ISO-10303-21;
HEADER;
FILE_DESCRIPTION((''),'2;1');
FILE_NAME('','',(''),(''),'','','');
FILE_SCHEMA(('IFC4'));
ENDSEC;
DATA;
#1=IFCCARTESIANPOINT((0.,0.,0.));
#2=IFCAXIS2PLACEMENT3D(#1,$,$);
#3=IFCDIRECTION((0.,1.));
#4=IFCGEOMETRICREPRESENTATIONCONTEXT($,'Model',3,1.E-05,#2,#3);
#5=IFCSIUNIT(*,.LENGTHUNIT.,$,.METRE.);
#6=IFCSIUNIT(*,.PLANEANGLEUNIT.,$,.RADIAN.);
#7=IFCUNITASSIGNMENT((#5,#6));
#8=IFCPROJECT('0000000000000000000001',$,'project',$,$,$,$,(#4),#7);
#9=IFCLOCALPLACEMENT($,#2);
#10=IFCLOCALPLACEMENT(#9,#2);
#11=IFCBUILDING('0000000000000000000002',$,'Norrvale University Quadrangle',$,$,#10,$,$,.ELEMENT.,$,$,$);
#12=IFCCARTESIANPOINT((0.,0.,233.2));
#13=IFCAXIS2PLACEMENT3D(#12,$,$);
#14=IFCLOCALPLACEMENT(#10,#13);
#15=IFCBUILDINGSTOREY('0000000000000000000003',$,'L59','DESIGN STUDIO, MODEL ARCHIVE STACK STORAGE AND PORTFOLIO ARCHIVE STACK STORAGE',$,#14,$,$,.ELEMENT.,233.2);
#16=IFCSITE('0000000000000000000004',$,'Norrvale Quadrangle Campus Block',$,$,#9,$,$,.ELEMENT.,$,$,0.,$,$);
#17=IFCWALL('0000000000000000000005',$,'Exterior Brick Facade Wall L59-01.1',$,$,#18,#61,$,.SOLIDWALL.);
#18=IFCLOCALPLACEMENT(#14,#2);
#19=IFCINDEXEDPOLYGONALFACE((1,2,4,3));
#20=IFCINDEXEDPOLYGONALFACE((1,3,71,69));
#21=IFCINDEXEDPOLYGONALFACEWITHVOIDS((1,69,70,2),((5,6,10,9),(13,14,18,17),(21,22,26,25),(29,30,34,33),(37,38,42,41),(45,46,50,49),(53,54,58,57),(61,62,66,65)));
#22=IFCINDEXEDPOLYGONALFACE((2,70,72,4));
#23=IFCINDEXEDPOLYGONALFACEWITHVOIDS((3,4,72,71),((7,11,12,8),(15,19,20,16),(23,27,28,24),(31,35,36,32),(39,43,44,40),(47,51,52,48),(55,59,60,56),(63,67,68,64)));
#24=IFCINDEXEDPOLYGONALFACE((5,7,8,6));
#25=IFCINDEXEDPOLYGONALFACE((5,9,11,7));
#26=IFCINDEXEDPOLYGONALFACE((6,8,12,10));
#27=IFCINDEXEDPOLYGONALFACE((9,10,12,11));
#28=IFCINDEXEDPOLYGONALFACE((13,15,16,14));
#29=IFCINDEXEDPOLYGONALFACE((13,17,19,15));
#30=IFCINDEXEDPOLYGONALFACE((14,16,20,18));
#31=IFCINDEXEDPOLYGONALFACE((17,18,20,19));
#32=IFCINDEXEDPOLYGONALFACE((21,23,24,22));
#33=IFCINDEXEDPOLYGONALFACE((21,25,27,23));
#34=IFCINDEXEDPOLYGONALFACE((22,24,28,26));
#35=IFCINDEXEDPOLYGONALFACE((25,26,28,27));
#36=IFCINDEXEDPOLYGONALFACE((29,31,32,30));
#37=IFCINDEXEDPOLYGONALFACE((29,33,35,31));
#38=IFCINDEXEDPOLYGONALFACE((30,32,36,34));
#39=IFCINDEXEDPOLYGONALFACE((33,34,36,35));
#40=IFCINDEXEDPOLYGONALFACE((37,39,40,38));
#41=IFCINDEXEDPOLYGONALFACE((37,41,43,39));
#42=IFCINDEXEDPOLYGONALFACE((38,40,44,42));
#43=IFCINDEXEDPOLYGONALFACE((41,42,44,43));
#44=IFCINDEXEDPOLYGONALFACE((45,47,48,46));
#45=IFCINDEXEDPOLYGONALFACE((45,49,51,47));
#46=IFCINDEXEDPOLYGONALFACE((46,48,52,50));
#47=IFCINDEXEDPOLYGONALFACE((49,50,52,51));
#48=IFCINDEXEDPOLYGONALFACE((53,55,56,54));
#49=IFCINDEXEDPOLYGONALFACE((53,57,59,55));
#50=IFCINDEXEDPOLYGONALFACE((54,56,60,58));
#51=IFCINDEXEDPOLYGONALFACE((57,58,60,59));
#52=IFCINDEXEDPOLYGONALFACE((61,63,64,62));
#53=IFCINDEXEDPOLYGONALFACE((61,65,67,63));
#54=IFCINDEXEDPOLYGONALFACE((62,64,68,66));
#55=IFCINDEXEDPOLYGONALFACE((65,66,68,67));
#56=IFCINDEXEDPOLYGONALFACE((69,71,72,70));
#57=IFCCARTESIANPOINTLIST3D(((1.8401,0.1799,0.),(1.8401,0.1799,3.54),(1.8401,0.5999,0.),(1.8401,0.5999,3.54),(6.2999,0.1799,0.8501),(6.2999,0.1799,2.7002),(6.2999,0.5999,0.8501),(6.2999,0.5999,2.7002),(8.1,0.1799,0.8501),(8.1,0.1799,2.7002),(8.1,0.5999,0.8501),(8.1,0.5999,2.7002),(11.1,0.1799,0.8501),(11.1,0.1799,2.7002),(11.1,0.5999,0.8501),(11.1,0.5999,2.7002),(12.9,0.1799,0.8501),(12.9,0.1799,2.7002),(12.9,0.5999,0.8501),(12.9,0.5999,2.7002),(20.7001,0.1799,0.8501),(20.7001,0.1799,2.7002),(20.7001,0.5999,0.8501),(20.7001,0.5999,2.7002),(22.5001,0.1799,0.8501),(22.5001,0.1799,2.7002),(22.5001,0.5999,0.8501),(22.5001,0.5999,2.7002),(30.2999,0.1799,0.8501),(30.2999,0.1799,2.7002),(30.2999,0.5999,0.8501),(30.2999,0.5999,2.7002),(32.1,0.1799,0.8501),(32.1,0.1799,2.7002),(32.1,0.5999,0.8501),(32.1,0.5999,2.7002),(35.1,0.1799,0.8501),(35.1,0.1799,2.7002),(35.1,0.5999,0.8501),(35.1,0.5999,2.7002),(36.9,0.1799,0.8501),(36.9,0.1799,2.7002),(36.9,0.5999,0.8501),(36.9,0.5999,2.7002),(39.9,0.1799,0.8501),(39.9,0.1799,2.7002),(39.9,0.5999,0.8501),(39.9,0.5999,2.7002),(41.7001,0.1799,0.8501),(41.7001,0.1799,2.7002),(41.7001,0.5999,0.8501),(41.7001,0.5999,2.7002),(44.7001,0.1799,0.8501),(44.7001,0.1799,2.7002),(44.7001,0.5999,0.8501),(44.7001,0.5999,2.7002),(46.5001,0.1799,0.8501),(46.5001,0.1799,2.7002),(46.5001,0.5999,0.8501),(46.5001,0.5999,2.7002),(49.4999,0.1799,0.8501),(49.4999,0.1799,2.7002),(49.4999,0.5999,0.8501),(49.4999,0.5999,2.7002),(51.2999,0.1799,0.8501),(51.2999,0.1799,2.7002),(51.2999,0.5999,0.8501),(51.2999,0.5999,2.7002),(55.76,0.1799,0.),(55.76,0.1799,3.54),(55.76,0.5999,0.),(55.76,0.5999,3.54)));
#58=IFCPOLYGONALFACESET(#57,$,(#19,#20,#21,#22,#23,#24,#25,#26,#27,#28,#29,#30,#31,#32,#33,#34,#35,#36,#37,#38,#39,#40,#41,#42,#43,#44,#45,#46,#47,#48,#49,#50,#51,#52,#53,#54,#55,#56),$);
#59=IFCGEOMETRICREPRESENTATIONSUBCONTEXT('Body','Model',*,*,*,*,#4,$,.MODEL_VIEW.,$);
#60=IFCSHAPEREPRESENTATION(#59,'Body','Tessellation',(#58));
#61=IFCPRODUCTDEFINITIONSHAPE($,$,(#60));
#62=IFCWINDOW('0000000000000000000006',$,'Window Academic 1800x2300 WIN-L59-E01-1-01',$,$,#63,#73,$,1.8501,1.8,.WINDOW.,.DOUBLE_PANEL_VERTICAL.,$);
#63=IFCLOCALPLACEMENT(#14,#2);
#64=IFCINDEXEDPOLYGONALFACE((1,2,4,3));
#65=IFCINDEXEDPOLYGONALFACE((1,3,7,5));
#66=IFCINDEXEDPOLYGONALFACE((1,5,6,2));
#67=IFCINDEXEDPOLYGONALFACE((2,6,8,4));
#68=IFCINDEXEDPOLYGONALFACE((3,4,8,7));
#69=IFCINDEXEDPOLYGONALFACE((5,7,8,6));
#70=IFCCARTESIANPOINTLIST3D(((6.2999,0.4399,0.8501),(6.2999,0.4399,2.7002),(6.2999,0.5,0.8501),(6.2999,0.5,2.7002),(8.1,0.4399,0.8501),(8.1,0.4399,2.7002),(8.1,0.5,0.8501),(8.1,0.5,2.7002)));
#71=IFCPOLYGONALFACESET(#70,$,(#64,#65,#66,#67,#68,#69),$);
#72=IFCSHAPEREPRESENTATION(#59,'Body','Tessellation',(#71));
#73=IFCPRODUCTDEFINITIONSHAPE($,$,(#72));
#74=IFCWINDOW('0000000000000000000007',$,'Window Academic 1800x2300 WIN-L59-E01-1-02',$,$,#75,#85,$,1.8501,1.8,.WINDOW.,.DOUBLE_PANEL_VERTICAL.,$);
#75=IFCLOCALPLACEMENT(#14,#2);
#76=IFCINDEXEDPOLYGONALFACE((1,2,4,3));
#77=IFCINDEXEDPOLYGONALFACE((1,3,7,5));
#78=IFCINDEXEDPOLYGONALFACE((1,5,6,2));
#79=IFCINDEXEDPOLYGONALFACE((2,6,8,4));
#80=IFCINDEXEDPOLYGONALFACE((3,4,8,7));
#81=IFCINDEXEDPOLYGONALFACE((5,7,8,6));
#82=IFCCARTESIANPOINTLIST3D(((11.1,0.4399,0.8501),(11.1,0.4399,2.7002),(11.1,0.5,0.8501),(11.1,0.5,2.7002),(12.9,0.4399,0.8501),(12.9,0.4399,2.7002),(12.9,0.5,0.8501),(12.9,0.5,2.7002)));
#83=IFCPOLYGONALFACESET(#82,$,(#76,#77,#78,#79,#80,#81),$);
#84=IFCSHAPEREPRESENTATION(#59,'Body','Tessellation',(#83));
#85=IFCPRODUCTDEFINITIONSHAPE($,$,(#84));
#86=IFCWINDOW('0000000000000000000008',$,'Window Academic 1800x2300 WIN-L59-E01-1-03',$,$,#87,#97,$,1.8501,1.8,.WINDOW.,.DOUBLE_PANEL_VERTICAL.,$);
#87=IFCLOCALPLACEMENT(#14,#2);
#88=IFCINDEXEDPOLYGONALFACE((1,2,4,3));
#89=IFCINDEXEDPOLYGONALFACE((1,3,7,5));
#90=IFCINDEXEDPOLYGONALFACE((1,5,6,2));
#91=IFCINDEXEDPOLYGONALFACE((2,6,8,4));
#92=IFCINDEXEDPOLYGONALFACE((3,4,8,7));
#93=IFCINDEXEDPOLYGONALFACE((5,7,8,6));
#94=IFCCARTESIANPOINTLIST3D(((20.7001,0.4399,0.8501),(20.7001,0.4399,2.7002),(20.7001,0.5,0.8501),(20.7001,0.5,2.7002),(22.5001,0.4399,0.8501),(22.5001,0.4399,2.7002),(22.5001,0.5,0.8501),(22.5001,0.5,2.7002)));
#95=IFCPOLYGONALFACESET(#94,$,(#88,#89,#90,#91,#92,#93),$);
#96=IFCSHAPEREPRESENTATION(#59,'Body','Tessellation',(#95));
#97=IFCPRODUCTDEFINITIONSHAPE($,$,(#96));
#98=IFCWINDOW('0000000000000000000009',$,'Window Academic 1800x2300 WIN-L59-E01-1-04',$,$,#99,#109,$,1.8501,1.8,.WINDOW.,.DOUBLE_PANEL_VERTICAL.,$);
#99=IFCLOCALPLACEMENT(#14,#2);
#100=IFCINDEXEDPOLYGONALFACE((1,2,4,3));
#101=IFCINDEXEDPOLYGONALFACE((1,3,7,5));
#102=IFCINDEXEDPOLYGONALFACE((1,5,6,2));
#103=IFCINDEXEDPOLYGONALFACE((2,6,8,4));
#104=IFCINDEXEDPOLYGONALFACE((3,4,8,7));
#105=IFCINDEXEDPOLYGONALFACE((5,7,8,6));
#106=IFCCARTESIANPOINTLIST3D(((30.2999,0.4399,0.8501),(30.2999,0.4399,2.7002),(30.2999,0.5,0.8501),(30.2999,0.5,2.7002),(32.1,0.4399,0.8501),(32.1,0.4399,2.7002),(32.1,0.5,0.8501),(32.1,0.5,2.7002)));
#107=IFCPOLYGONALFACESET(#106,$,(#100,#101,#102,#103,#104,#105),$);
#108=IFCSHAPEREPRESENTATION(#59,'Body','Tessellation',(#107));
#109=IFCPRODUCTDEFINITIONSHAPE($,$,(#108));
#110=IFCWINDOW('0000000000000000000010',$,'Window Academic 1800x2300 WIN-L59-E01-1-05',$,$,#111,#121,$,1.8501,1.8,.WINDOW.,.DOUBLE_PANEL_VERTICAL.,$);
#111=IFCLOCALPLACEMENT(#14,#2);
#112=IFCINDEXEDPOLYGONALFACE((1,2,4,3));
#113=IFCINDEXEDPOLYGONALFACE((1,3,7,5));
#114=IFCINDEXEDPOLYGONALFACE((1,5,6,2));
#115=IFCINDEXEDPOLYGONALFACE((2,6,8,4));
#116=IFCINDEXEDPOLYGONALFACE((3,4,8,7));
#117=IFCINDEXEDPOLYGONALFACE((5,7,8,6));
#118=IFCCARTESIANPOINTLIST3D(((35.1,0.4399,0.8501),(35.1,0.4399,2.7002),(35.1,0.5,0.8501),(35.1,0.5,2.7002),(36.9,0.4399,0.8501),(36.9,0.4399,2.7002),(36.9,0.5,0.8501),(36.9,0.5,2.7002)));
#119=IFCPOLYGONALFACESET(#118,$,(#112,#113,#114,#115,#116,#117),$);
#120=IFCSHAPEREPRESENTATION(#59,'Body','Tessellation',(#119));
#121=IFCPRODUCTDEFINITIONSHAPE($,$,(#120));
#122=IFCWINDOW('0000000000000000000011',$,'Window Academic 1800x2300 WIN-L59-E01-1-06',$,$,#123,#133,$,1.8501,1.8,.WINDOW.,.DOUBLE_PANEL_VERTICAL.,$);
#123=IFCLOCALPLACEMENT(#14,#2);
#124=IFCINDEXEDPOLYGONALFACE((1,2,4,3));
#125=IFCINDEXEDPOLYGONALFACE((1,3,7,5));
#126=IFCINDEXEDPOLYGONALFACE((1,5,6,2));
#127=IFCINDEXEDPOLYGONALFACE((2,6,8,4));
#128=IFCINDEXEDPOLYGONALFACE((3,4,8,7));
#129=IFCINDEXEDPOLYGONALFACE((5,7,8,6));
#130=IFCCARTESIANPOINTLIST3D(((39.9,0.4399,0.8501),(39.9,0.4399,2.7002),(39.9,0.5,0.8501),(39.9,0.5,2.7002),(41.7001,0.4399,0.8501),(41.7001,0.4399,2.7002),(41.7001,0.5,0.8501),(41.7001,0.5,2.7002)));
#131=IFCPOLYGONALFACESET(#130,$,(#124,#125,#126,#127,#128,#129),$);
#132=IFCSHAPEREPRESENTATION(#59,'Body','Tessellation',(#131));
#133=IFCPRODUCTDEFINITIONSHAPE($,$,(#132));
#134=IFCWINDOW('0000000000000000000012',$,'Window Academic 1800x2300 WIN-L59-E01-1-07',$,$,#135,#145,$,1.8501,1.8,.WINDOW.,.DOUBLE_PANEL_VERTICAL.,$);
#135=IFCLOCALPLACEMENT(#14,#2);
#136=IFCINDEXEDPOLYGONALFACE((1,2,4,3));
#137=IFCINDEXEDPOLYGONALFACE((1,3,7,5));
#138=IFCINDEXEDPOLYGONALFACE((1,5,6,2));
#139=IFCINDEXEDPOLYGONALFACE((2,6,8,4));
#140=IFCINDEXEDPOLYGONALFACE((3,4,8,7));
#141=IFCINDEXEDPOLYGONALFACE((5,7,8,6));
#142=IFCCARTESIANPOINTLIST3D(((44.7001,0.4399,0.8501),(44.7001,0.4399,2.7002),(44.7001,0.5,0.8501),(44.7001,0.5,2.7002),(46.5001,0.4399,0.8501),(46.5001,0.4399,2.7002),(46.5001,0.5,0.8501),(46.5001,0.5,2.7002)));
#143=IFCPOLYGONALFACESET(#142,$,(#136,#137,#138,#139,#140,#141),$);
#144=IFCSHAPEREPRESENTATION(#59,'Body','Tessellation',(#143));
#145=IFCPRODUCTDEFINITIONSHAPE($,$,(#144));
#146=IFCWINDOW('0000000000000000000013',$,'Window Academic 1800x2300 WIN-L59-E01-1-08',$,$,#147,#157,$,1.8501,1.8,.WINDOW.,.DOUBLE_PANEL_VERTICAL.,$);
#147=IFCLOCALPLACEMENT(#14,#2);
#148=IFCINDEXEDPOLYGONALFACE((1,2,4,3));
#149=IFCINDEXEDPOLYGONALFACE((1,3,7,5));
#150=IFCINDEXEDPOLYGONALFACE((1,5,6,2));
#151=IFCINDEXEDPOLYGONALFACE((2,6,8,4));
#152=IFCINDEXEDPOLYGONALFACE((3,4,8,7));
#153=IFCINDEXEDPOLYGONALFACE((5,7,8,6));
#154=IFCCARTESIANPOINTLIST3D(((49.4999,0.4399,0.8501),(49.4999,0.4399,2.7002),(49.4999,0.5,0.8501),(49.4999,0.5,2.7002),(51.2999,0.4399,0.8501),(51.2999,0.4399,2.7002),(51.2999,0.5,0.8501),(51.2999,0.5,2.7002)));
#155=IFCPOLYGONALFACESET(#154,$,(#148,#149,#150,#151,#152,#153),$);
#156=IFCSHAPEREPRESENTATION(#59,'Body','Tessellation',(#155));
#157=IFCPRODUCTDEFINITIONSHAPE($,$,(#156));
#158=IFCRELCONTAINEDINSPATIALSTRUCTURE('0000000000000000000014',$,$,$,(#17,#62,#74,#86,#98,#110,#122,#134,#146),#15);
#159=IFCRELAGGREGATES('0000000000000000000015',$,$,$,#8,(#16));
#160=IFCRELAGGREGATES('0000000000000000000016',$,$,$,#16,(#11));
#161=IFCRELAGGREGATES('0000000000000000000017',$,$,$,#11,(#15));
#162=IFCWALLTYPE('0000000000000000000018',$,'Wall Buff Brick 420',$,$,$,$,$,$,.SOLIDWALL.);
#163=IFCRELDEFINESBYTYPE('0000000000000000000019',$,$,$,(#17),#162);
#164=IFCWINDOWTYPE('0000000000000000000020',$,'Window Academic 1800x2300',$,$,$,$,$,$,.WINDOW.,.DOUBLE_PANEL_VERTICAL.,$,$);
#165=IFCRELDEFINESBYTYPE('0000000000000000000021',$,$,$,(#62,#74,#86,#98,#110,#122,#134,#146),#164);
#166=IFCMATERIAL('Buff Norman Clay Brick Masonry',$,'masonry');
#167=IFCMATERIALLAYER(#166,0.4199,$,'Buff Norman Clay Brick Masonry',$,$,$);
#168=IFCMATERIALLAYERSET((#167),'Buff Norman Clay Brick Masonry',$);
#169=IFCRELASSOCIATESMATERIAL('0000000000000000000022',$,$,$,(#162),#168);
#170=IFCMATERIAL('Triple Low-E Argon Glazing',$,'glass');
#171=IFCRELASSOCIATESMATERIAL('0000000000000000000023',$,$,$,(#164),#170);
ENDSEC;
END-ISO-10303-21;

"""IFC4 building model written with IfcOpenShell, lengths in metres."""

from ifc_helpers import new_model, si_unit, direction, frame, frame_2d, origin, place, context, subcontext, project, spatial, rectangle, extrude, material, layer, layer_set, type_object, element, fill, save


model = new_model("IFC4")

# Units and contexts
model_context = context("Model", 3, precision=1e-05, world=origin(), true_north=direction((0.0, 1.0)))
body_context = subcontext(model_context, "Body", "Model", "MODEL_VIEW")
ifc_project = project(units=[si_unit("LENGTHUNIT", "METRE"), si_unit("PLANEANGLEUNIT", "RADIAN")], contexts=[model_context])

# Site, building, storey
site_placement = place(None, origin())
site = spatial("IfcSite", under=ifc_project, at=site_placement, Name="Norrvale Quadrangle Campus Block", CompositionType="ELEMENT", RefElevation=0.0)
building_placement = place(site_placement, origin())
building = spatial("IfcBuilding", under=site, at=building_placement, Name="Norrvale University Quadrangle", CompositionType="ELEMENT")
storey_placement = place(building_placement, frame((0.0, 0.0, 233.2)))
storey = spatial("IfcBuildingStorey", under=building, at=storey_placement, Name="L59", Description="DESIGN STUDIO, MODEL ARCHIVE STACK STORAGE AND PORTFOLIO ARCHIVE STACK STORAGE", CompositionType="ELEMENT", Elevation=233.2)

# Wall, openings, windows
ifc_material_1 = material(Name="Buff Norman Clay Brick Masonry", Category="masonry")
ifc_layer_1 = layer(ifc_material_1, 0.4199, Name="Buff Norman Clay Brick Masonry")
ifc_layer_set_1 = layer_set([ifc_layer_1], Name="Buff Norman Clay Brick Masonry")
wall_type_1 = type_object("IfcWallType", Name="Wall Buff Brick 420", PredefinedType="SOLIDWALL", material=ifc_layer_set_1)
wall_1_placement = place(storey_placement, frame((1.8401, 0.3899, 0.0), z_axis=(0.0, 0.0, 1.0), x_axis=(1.0, 0.0, 0.0)))
wall_1 = element("IfcWall", 1, at=wall_1_placement, inside=storey, type_object=wall_type_1, Name="Exterior Brick Facade Wall L59-01.1", PredefinedType="SOLIDWALL", context=body_context, shape_type="SweptSolid", body=[
    extrude(rectangle(XDim=53.9199, YDim=0.4199, at=frame_2d((26.96, 0.0))), origin(), (0.0, 0.0, 1.0), 3.54),
])
opening_1_placement = place(wall_1_placement, frame((4.46, 0.0, 0.8501)))
opening_1 = element("IfcOpeningElement", 2, at=opening_1_placement, cuts=wall_1, PredefinedType="OPENING", context=body_context, shape_type="SweptSolid", body=[
    extrude(rectangle(XDim=1.8, YDim=1.8501, at=frame_2d((0.8999, 0.925))), frame((0.0, 0.2219, 0.0), z_axis=(0.0, -1.0, 0.0), x_axis=(1.0, 0.0, 0.0)), (0.0, 0.0, 1.0), 0.4438),
])
opening_2_placement = place(wall_1_placement, frame((9.26, 0.0, 0.8501)))
opening_2 = element("IfcOpeningElement", 3, at=opening_2_placement, cuts=wall_1, PredefinedType="OPENING", context=body_context, shape_type="SweptSolid", body=[
    extrude(rectangle(XDim=1.8, YDim=1.8501, at=frame_2d((0.8999, 0.925))), frame((0.0, 0.2219, 0.0), z_axis=(0.0, -1.0, 0.0), x_axis=(1.0, 0.0, 0.0)), (0.0, 0.0, 1.0), 0.4438),
])
opening_3_placement = place(wall_1_placement, frame((18.8601, 0.0, 0.8501)))
opening_3 = element("IfcOpeningElement", 4, at=opening_3_placement, cuts=wall_1, PredefinedType="OPENING", context=body_context, shape_type="SweptSolid", body=[
    extrude(rectangle(XDim=1.8, YDim=1.8501, at=frame_2d((0.8999, 0.925))), frame((0.0, 0.2219, 0.0), z_axis=(0.0, -1.0, 0.0), x_axis=(1.0, 0.0, 0.0)), (0.0, 0.0, 1.0), 0.4438),
])
opening_4_placement = place(wall_1_placement, frame((28.46, 0.0, 0.8501)))
opening_4 = element("IfcOpeningElement", 5, at=opening_4_placement, cuts=wall_1, PredefinedType="OPENING", context=body_context, shape_type="SweptSolid", body=[
    extrude(rectangle(XDim=1.8, YDim=1.8501, at=frame_2d((0.8999, 0.925))), frame((0.0, 0.2219, 0.0), z_axis=(0.0, -1.0, 0.0), x_axis=(1.0, 0.0, 0.0)), (0.0, 0.0, 1.0), 0.4438),
])
opening_5_placement = place(wall_1_placement, frame((33.26, 0.0, 0.8501)))
opening_5 = element("IfcOpeningElement", 6, at=opening_5_placement, cuts=wall_1, PredefinedType="OPENING", context=body_context, shape_type="SweptSolid", body=[
    extrude(rectangle(XDim=1.8, YDim=1.8501, at=frame_2d((0.8999, 0.925))), frame((0.0, 0.2219, 0.0), z_axis=(0.0, -1.0, 0.0), x_axis=(1.0, 0.0, 0.0)), (0.0, 0.0, 1.0), 0.4438),
])
opening_6_placement = place(wall_1_placement, frame((38.0601, 0.0, 0.8501)))
opening_6 = element("IfcOpeningElement", 7, at=opening_6_placement, cuts=wall_1, PredefinedType="OPENING", context=body_context, shape_type="SweptSolid", body=[
    extrude(rectangle(XDim=1.8, YDim=1.8501, at=frame_2d((0.8999, 0.925))), frame((0.0, 0.2219, 0.0), z_axis=(0.0, -1.0, 0.0), x_axis=(1.0, 0.0, 0.0)), (0.0, 0.0, 1.0), 0.4438),
])
opening_7_placement = place(wall_1_placement, frame((42.8601, 0.0, 0.8501)))
opening_7 = element("IfcOpeningElement", 8, at=opening_7_placement, cuts=wall_1, PredefinedType="OPENING", context=body_context, shape_type="SweptSolid", body=[
    extrude(rectangle(XDim=1.8, YDim=1.8501, at=frame_2d((0.8999, 0.925))), frame((0.0, 0.2219, 0.0), z_axis=(0.0, -1.0, 0.0), x_axis=(1.0, 0.0, 0.0)), (0.0, 0.0, 1.0), 0.4438),
])
opening_8_placement = place(wall_1_placement, frame((47.6599, 0.0, 0.8501)))
opening_8 = element("IfcOpeningElement", 9, at=opening_8_placement, cuts=wall_1, PredefinedType="OPENING", context=body_context, shape_type="SweptSolid", body=[
    extrude(rectangle(XDim=1.8, YDim=1.8501, at=frame_2d((0.8999, 0.925))), frame((0.0, 0.2219, 0.0), z_axis=(0.0, -1.0, 0.0), x_axis=(1.0, 0.0, 0.0)), (0.0, 0.0, 1.0), 0.4438),
])
ifc_material_2 = material(Name="Triple Low-E Argon Glazing", Category="glass")
window_type = type_object("IfcWindowType", Name="Window Academic 1800x2300", PartitioningType="DOUBLE_PANEL_VERTICAL", PredefinedType="WINDOW", material=ifc_material_2)
window_1_placement = place(opening_1_placement, origin())
window_1 = element("IfcWindow", 10, at=window_1_placement, inside=storey, type_object=window_type, Name="Window Academic 1800x2300 WIN-L59-E01-1-01", OverallHeight=1.8501, OverallWidth=1.8, PartitioningType="DOUBLE_PANEL_VERTICAL", PredefinedType="WINDOW", context=body_context, shape_type="SweptSolid", body=[
    extrude(rectangle(XDim=1.8, YDim=1.8501, at=frame_2d((0.8999, 0.925))), frame((0.0, 0.1101, 0.0), z_axis=(0.0, -1.0, 0.0), x_axis=(1.0, 0.0, 0.0)), (0.0, 0.0, 1.0), 0.0601),
])
fill(opening_1, window_1)
window_2_placement = place(opening_2_placement, origin())
window_2 = element("IfcWindow", 11, at=window_2_placement, inside=storey, type_object=window_type, Name="Window Academic 1800x2300 WIN-L59-E01-1-02", OverallHeight=1.8501, OverallWidth=1.8, PartitioningType="DOUBLE_PANEL_VERTICAL", PredefinedType="WINDOW", context=body_context, shape_type="SweptSolid", body=[
    extrude(rectangle(XDim=1.8, YDim=1.8501, at=frame_2d((0.8999, 0.925))), frame((0.0, 0.1101, 0.0), z_axis=(0.0, -1.0, 0.0), x_axis=(1.0, 0.0, 0.0)), (0.0, 0.0, 1.0), 0.0601),
])
fill(opening_2, window_2)
window_3_placement = place(opening_3_placement, origin())
window_3 = element("IfcWindow", 12, at=window_3_placement, inside=storey, type_object=window_type, Name="Window Academic 1800x2300 WIN-L59-E01-1-03", OverallHeight=1.8501, OverallWidth=1.8, PartitioningType="DOUBLE_PANEL_VERTICAL", PredefinedType="WINDOW", context=body_context, shape_type="SweptSolid", body=[
    extrude(rectangle(XDim=1.8, YDim=1.8501, at=frame_2d((0.8999, 0.925))), frame((0.0, 0.1101, 0.0), z_axis=(0.0, -1.0, 0.0), x_axis=(1.0, 0.0, 0.0)), (0.0, 0.0, 1.0), 0.0601),
])
fill(opening_3, window_3)
window_4_placement = place(opening_4_placement, origin())
window_4 = element("IfcWindow", 13, at=window_4_placement, inside=storey, type_object=window_type, Name="Window Academic 1800x2300 WIN-L59-E01-1-04", OverallHeight=1.8501, OverallWidth=1.8, PartitioningType="DOUBLE_PANEL_VERTICAL", PredefinedType="WINDOW", context=body_context, shape_type="SweptSolid", body=[
    extrude(rectangle(XDim=1.8, YDim=1.8501, at=frame_2d((0.8999, 0.925))), frame((0.0, 0.1101, 0.0), z_axis=(0.0, -1.0, 0.0), x_axis=(1.0, 0.0, 0.0)), (0.0, 0.0, 1.0), 0.0601),
])
fill(opening_4, window_4)
window_5_placement = place(opening_5_placement, origin())
window_5 = element("IfcWindow", 14, at=window_5_placement, inside=storey, type_object=window_type, Name="Window Academic 1800x2300 WIN-L59-E01-1-05", OverallHeight=1.8501, OverallWidth=1.8, PartitioningType="DOUBLE_PANEL_VERTICAL", PredefinedType="WINDOW", context=body_context, shape_type="SweptSolid", body=[
    extrude(rectangle(XDim=1.8, YDim=1.8501, at=frame_2d((0.8999, 0.925))), frame((0.0, 0.1101, 0.0), z_axis=(0.0, -1.0, 0.0), x_axis=(1.0, 0.0, 0.0)), (0.0, 0.0, 1.0), 0.0601),
])
fill(opening_5, window_5)
window_6_placement = place(opening_6_placement, origin())
window_6 = element("IfcWindow", 15, at=window_6_placement, inside=storey, type_object=window_type, Name="Window Academic 1800x2300 WIN-L59-E01-1-06", OverallHeight=1.8501, OverallWidth=1.8, PartitioningType="DOUBLE_PANEL_VERTICAL", PredefinedType="WINDOW", context=body_context, shape_type="SweptSolid", body=[
    extrude(rectangle(XDim=1.8, YDim=1.8501, at=frame_2d((0.8999, 0.925))), frame((0.0, 0.1101, 0.0), z_axis=(0.0, -1.0, 0.0), x_axis=(1.0, 0.0, 0.0)), (0.0, 0.0, 1.0), 0.0601),
])
fill(opening_6, window_6)
window_7_placement = place(opening_7_placement, origin())
window_7 = element("IfcWindow", 16, at=window_7_placement, inside=storey, type_object=window_type, Name="Window Academic 1800x2300 WIN-L59-E01-1-07", OverallHeight=1.8501, OverallWidth=1.8, PartitioningType="DOUBLE_PANEL_VERTICAL", PredefinedType="WINDOW", context=body_context, shape_type="SweptSolid", body=[
    extrude(rectangle(XDim=1.8, YDim=1.8501, at=frame_2d((0.8999, 0.925))), frame((0.0, 0.1101, 0.0), z_axis=(0.0, -1.0, 0.0), x_axis=(1.0, 0.0, 0.0)), (0.0, 0.0, 1.0), 0.0601),
])
fill(opening_7, window_7)
window_8_placement = place(opening_8_placement, origin())
window_8 = element("IfcWindow", 17, at=window_8_placement, inside=storey, type_object=window_type, Name="Window Academic 1800x2300 WIN-L59-E01-1-08", OverallHeight=1.8501, OverallWidth=1.8, PartitioningType="DOUBLE_PANEL_VERTICAL", PredefinedType="WINDOW", context=body_context, shape_type="SweptSolid", body=[
    extrude(rectangle(XDim=1.8, YDim=1.8501, at=frame_2d((0.8999, 0.925))), frame((0.0, 0.1101, 0.0), z_axis=(0.0, -1.0, 0.0), x_axis=(1.0, 0.0, 0.0)), (0.0, 0.0, 1.0), 0.0601),
])
fill(opening_8, window_8)

save(model, "model.ifc")
